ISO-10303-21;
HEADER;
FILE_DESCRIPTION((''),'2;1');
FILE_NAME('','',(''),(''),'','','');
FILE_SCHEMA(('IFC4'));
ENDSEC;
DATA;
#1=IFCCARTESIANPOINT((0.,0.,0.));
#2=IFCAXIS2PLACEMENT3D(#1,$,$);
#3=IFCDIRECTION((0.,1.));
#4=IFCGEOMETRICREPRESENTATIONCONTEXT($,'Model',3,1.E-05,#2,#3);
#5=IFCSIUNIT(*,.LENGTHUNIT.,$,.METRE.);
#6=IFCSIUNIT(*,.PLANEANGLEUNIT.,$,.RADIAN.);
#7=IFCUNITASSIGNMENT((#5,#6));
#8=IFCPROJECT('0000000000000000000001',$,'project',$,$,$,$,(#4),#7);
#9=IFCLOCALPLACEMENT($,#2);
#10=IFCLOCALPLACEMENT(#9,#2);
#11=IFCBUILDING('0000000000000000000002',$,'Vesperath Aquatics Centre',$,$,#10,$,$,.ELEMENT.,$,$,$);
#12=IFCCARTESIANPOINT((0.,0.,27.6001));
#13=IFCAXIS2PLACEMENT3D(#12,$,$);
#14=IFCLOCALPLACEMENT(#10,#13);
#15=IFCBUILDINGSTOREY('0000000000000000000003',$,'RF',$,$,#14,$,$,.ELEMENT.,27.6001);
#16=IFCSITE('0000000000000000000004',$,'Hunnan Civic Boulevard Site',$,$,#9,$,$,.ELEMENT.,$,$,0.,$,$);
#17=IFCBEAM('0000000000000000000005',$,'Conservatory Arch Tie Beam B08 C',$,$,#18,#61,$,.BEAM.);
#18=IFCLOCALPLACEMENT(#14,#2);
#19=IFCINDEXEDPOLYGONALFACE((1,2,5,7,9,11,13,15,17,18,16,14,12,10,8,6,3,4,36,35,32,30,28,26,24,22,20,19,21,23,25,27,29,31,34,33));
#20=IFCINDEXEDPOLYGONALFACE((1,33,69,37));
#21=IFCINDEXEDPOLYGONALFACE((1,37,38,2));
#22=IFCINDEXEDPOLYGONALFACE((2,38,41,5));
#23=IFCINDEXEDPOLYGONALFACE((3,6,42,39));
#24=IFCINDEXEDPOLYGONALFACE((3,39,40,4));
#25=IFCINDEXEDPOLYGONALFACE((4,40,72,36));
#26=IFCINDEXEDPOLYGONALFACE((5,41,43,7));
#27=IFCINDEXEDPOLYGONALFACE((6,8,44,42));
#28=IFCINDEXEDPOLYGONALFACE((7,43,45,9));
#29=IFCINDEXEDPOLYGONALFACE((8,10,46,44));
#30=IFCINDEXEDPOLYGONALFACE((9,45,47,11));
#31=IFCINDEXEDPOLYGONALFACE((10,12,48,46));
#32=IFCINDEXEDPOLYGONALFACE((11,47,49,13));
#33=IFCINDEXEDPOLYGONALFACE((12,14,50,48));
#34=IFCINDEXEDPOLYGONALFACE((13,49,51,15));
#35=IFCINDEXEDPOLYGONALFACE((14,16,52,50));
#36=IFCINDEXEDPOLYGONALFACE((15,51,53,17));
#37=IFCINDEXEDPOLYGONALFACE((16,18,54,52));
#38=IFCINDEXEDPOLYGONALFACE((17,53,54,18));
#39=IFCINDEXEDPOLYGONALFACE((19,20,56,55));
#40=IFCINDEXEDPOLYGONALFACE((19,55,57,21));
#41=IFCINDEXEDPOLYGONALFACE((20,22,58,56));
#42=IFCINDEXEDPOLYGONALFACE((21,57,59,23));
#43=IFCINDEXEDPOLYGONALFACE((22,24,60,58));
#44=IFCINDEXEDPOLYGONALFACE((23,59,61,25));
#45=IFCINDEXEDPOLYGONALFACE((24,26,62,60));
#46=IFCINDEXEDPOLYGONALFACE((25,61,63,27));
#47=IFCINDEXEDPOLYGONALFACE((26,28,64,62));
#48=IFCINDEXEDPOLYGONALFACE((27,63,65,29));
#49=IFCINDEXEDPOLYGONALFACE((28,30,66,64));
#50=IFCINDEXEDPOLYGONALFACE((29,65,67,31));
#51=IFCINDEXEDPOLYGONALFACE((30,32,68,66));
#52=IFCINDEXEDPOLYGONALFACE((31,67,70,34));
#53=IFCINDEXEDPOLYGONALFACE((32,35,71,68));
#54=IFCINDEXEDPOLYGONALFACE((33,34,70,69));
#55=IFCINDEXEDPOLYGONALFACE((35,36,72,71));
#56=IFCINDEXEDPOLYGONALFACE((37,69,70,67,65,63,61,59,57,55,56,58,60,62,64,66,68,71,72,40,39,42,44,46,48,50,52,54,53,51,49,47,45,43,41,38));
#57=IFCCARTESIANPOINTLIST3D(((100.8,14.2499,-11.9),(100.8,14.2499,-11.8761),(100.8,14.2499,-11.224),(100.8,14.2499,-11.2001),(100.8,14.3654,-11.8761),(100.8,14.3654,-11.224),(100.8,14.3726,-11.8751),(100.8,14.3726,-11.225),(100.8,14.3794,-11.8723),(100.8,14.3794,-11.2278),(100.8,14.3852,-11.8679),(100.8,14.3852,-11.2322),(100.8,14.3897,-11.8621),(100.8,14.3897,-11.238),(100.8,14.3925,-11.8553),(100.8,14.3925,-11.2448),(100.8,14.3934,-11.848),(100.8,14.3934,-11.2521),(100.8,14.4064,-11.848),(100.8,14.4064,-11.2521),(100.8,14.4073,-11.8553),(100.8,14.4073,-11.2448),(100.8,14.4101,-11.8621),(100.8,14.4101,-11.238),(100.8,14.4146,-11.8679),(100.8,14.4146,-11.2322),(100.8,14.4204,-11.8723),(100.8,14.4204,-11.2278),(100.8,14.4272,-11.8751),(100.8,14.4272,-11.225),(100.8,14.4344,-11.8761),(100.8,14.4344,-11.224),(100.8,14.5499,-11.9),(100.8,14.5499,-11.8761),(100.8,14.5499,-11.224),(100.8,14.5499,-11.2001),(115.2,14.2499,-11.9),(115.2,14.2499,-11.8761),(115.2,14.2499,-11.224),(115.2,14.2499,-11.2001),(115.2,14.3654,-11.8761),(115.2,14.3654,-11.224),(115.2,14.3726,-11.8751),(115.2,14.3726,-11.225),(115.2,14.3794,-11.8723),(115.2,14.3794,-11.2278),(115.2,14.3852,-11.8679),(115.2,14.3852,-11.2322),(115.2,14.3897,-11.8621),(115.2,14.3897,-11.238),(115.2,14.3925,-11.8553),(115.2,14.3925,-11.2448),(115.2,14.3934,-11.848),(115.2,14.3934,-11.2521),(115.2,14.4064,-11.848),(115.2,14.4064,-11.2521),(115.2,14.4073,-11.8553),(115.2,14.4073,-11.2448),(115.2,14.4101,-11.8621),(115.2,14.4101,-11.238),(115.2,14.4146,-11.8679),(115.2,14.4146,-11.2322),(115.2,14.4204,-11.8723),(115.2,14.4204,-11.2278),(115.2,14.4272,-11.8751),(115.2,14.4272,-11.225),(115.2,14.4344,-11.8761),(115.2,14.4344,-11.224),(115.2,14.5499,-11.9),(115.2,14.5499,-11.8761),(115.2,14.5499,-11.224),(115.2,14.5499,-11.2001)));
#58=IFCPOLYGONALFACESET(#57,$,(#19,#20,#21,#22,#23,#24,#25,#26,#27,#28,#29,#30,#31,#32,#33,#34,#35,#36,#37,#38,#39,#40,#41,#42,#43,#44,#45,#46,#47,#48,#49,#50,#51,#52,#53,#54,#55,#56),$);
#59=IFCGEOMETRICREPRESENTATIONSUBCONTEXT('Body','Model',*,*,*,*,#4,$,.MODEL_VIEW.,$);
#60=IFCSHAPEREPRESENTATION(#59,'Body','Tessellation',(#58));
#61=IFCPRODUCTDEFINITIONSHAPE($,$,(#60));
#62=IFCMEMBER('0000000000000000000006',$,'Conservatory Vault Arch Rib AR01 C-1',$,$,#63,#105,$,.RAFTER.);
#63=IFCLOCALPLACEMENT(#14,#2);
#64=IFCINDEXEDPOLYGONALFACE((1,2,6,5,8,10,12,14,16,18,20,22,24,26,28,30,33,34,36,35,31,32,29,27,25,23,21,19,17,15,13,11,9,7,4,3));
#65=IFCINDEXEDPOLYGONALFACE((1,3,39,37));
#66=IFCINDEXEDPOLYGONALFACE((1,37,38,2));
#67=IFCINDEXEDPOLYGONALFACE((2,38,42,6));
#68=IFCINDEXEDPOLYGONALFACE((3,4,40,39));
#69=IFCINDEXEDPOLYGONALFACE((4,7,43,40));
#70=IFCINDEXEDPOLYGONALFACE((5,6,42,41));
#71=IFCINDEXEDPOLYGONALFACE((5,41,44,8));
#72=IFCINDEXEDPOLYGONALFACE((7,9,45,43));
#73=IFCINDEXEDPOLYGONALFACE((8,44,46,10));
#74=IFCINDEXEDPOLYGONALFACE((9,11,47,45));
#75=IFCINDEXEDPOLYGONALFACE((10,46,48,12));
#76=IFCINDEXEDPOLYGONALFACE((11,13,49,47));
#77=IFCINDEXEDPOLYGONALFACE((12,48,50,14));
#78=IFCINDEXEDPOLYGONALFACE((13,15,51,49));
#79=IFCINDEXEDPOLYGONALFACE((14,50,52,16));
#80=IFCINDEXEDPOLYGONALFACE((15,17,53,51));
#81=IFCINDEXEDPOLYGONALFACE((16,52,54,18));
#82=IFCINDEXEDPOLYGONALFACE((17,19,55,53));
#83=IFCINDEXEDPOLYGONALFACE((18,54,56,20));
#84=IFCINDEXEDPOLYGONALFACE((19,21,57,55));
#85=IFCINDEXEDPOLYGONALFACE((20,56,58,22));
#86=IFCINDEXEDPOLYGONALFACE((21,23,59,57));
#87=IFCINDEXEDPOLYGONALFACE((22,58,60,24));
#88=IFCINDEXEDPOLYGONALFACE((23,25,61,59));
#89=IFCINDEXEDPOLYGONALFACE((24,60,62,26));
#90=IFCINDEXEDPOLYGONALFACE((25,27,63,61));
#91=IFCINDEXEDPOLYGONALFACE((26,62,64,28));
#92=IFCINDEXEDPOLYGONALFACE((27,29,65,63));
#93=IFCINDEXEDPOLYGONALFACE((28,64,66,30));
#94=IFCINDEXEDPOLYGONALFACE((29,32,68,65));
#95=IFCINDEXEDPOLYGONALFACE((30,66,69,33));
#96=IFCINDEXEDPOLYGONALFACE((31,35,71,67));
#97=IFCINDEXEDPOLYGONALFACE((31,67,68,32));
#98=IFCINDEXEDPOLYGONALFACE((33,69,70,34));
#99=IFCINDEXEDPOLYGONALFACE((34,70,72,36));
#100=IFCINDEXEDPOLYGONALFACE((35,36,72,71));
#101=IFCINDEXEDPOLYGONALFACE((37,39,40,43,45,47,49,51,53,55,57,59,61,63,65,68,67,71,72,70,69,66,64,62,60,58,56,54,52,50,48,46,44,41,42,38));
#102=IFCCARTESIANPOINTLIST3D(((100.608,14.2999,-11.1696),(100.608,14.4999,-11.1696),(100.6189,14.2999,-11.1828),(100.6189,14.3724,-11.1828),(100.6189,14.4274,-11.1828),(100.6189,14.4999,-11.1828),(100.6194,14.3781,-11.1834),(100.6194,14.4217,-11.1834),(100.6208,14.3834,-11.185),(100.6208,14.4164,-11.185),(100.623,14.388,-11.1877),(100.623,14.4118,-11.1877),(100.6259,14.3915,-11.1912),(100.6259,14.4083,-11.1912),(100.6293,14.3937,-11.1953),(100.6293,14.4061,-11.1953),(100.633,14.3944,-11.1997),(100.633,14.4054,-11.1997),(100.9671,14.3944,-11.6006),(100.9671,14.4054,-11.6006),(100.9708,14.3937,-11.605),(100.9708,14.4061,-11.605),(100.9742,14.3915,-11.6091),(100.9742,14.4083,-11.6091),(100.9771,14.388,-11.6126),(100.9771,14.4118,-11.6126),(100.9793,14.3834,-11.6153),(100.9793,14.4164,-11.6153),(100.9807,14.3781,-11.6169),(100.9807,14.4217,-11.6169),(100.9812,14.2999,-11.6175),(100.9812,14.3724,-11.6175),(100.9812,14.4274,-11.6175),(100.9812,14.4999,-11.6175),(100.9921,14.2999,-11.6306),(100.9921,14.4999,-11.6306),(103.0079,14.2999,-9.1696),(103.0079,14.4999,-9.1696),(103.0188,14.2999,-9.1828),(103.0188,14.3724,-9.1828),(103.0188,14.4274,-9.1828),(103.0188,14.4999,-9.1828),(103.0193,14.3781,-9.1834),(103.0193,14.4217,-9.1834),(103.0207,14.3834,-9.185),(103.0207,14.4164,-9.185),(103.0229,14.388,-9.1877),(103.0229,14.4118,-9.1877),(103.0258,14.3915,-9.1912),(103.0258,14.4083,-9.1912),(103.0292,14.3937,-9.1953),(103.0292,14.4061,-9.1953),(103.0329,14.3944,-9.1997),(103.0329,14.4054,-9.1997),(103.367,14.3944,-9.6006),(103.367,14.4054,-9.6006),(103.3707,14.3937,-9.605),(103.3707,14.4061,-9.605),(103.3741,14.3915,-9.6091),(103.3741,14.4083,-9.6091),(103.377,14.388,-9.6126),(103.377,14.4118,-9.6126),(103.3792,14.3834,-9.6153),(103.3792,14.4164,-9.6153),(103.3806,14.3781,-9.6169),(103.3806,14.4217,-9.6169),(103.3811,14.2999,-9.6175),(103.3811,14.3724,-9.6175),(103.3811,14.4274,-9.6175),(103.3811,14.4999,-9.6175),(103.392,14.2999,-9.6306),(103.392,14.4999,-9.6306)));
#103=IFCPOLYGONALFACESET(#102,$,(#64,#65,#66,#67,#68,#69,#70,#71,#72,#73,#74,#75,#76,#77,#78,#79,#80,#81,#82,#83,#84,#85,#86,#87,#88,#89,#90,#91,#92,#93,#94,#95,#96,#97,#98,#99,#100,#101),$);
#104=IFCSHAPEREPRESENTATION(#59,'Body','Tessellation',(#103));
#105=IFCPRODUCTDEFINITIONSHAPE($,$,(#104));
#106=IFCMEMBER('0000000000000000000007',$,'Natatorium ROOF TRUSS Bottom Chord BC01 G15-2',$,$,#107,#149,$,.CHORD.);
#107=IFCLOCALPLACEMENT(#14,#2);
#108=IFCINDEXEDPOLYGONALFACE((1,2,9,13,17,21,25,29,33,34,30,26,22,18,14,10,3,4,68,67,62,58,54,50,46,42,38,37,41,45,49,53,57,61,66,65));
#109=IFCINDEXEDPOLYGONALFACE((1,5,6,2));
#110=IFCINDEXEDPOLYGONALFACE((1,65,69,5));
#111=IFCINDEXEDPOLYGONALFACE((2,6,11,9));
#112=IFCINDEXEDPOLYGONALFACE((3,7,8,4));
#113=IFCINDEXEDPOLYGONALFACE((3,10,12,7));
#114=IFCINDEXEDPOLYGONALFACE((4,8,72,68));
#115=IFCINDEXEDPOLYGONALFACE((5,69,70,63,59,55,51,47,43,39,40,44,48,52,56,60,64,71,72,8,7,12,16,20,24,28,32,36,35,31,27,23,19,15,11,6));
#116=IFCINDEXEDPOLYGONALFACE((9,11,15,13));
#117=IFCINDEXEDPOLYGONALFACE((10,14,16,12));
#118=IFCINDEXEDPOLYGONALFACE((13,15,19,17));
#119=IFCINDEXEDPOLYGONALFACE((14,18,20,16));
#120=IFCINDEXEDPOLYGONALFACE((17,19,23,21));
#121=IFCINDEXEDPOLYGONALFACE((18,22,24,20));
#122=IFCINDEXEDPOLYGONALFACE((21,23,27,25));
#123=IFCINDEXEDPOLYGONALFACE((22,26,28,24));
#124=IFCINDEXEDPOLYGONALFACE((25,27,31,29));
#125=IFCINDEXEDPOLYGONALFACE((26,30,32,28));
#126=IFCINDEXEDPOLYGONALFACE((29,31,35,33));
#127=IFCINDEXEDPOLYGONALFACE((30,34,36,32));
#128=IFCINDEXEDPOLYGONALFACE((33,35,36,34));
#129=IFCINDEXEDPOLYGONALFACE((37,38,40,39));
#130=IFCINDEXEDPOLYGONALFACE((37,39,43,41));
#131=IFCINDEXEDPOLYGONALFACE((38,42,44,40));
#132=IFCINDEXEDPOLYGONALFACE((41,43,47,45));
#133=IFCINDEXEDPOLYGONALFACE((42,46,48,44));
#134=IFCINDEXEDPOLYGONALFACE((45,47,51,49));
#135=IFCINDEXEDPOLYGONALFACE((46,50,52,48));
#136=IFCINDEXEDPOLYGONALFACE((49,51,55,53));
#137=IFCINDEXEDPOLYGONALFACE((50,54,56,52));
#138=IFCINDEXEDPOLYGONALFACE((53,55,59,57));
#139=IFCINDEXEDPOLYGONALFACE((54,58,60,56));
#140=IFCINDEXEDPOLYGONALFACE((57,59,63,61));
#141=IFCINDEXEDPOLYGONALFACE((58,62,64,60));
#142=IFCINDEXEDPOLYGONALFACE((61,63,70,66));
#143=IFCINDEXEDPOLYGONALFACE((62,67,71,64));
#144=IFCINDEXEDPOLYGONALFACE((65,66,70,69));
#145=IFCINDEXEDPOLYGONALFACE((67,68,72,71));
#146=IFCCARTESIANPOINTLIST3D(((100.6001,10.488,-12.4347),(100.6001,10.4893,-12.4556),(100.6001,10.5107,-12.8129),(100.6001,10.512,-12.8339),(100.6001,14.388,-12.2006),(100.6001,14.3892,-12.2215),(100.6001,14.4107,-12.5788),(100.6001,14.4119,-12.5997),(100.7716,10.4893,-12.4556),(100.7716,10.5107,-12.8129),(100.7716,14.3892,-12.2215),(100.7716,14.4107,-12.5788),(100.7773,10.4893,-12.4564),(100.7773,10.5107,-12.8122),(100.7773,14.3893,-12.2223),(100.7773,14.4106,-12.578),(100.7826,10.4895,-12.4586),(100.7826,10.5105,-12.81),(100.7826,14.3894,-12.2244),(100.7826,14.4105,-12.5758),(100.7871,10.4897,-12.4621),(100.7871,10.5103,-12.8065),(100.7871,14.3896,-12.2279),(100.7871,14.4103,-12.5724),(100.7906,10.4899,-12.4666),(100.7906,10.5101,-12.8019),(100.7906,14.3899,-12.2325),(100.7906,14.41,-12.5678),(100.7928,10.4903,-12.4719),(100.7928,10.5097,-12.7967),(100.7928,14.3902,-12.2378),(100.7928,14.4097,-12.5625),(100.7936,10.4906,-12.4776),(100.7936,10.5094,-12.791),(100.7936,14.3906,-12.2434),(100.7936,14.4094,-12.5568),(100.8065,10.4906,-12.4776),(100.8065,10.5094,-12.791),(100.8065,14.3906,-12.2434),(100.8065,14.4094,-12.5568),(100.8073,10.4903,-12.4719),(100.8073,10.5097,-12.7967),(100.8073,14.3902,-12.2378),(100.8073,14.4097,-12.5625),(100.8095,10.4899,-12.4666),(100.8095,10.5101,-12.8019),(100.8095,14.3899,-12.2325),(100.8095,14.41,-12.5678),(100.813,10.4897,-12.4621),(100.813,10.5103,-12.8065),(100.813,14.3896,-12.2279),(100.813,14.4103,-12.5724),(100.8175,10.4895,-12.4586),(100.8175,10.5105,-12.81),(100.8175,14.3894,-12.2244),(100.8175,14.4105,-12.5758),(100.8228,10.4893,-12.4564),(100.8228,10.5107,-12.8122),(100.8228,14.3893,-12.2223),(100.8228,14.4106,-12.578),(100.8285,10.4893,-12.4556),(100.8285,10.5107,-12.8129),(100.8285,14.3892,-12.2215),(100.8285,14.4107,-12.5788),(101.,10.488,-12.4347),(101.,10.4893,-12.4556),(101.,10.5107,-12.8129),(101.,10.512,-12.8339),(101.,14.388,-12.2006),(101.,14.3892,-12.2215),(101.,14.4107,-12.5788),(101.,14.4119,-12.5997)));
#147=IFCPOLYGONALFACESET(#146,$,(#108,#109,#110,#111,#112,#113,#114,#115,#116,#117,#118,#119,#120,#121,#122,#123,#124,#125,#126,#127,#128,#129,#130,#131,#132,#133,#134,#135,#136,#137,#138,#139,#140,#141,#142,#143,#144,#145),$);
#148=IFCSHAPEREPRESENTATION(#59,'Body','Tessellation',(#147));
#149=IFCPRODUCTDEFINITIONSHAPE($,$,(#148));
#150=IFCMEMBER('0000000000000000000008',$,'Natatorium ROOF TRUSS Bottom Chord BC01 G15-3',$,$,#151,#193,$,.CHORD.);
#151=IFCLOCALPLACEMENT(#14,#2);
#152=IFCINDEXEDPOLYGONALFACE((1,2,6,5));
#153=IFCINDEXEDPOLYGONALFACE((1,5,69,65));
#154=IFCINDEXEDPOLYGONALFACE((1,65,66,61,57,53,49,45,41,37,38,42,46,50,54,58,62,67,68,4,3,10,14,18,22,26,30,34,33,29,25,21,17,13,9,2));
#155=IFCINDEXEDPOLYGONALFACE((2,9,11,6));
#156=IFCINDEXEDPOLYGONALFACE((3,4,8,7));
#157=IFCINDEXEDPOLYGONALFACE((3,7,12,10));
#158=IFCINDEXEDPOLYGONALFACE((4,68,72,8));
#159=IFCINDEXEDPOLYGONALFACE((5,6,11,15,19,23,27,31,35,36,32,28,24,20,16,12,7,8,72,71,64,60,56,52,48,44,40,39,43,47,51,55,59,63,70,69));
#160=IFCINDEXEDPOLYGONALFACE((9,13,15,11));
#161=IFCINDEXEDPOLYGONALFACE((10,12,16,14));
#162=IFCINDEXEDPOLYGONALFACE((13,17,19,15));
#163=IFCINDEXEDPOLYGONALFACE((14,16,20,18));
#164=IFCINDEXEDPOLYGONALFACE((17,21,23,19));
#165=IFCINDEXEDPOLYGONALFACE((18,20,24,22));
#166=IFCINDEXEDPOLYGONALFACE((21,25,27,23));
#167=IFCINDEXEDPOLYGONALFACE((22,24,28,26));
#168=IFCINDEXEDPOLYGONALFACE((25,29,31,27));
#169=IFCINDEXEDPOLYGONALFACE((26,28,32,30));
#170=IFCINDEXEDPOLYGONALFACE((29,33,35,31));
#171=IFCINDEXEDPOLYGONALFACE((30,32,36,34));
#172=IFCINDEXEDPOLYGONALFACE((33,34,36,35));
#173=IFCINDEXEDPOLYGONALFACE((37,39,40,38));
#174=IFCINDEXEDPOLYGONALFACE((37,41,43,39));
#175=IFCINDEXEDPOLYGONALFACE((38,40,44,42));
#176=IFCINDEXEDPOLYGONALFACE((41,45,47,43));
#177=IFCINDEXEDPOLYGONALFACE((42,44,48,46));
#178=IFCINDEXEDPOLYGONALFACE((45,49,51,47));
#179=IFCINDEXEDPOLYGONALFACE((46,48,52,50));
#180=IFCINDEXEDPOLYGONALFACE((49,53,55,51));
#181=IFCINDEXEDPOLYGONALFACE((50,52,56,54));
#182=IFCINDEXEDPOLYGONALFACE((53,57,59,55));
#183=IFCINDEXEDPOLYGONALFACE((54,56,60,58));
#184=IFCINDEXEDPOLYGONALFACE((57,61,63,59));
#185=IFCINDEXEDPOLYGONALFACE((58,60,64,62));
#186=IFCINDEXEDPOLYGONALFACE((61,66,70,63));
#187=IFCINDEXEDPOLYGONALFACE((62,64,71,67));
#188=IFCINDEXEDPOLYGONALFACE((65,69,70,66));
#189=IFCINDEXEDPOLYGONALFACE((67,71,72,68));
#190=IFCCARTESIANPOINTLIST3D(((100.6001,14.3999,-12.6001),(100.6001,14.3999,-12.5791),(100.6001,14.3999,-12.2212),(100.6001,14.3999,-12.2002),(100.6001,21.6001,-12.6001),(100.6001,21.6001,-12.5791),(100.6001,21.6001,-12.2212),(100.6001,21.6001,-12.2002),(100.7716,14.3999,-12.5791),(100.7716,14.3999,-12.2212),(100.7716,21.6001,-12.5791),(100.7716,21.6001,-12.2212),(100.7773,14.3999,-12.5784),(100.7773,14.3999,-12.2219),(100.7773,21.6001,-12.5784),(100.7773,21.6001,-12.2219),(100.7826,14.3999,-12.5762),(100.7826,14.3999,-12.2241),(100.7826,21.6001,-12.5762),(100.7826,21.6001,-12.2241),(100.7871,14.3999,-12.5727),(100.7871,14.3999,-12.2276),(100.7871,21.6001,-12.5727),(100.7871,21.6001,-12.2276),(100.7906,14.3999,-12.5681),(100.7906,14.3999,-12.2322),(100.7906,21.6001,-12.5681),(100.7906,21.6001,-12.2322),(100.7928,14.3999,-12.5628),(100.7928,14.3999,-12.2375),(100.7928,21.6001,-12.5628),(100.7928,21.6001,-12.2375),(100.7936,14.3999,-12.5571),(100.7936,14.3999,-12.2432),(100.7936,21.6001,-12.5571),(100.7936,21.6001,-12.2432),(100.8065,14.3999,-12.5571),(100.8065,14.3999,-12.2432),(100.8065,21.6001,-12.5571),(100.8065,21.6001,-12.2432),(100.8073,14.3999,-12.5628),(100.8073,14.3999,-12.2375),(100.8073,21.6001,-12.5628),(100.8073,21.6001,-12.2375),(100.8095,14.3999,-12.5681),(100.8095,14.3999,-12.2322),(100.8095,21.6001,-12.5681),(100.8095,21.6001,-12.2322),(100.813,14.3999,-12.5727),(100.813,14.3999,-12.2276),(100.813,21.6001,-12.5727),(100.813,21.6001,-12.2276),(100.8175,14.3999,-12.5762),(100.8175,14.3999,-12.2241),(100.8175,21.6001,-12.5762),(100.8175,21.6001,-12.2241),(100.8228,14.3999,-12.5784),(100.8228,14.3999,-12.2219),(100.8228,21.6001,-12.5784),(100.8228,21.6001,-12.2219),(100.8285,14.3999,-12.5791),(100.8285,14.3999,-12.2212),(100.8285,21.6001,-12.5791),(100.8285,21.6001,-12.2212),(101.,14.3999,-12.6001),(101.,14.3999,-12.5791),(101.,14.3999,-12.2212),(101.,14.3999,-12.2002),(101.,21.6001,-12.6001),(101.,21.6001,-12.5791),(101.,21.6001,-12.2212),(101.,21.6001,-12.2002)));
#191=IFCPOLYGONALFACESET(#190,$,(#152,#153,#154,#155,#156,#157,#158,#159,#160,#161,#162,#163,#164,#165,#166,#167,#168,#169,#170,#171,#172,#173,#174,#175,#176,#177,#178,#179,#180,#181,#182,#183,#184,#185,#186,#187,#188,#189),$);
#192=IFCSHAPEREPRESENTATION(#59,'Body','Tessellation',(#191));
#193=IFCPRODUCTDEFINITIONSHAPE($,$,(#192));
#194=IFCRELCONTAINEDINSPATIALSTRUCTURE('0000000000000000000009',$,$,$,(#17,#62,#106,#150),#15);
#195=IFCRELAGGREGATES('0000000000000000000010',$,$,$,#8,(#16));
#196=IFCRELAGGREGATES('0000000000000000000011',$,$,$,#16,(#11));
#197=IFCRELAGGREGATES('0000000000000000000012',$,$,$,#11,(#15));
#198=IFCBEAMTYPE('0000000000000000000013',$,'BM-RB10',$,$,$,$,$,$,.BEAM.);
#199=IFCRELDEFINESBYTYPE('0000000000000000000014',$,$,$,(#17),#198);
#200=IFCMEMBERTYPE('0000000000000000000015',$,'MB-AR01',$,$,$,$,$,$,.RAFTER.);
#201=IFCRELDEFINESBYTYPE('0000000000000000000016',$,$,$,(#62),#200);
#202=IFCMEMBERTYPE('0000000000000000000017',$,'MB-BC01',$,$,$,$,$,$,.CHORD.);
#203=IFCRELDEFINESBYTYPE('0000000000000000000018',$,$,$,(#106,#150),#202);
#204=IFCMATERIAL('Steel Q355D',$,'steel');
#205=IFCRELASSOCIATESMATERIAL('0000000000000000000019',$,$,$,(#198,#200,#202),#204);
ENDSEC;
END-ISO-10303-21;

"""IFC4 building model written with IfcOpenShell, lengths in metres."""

from ifc_helpers import new_model, si_unit, direction, frame, origin, origin_2d, place, context, subcontext, project, spatial, i_section, extrude, material, material_profile, profile_set, type_object, element, save


model = new_model("IFC4")

# Units and contexts
model_context = context("Model", 3, precision=1e-05, world=origin(), true_north=direction((0.0, 1.0)))
body_context = subcontext(model_context, "Body", "Model", "MODEL_VIEW")
ifc_project = project(units=[si_unit("LENGTHUNIT", "METRE"), si_unit("PLANEANGLEUNIT", "RADIAN")], contexts=[model_context])

# Site, building, storey
site_placement = place(None, origin())
site = spatial("IfcSite", under=ifc_project, at=site_placement, Name="Hunnan Civic Boulevard Site", CompositionType="ELEMENT", RefElevation=0.0)
building_placement = place(site_placement, origin())
building = spatial("IfcBuilding", under=site, at=building_placement, Name="Vesperath Aquatics Centre", CompositionType="ELEMENT")
storey_placement = place(building_placement, frame((0.0, 0.0, 27.6001)))
storey = spatial("IfcBuildingStorey", under=building, at=storey_placement, Name="RF", CompositionType="ELEMENT", Elevation=27.6001)

# Beam
ifc_material_1 = material(Name="Steel Q355D", Category="steel")
ifc_material_profile_1 = material_profile(ifc_material_1, i_section(OverallWidth=0.3, OverallDepth=0.7, WebThickness=0.0129, FlangeThickness=0.0239, FilletRadius=0.0281, at=origin_2d()), Name="HN 700x300x13x24")
ifc_profile_set_1 = profile_set([ifc_material_profile_1], Name="Steel Q355D")
beam_type = type_object("IfcBeamType", Name="BM-RB10", PredefinedType="BEAM", material=ifc_profile_set_1)
beam_placement = place(storey_placement, frame((100.8, 14.3999, -11.55), z_axis=(1.0, 0.0, 0.0), x_axis=(0.0, 1.0, 0.0)))
element("IfcBeam", 1, at=beam_placement, inside=storey, type_object=beam_type, Name="Conservatory Arch Tie Beam B08 C", PredefinedType="BEAM", context=body_context, shape_type="SweptSolid", body=[
    extrude(i_section(OverallWidth=0.3, OverallDepth=0.7, WebThickness=0.0129, FlangeThickness=0.0239, FilletRadius=0.0281, at=origin_2d()), origin(), (0.0, 0.0, 1.0), 14.3999),
])

# Members
ifc_material_profile_2 = material_profile(ifc_material_1, i_section(OverallWidth=0.2, OverallDepth=0.6001, WebThickness=0.011, FlangeThickness=0.0171, FilletRadius=0.022, at=origin_2d()), Name="HN 600x200x11x17")
ifc_profile_set_2 = profile_set([ifc_material_profile_2], Name="Steel Q355D")
member_type_1 = type_object("IfcMemberType", Name="MB-AR01", PredefinedType="RAFTER", material=ifc_profile_set_2)
member_1_placement = place(storey_placement, frame((100.8, 14.3999, -11.4001), z_axis=(0.768208, 0.0, 0.6402), x_axis=(0.0, 1.0, 0.0)))
element("IfcMember", 2, at=member_1_placement, inside=storey, type_object=member_type_1, Name="Conservatory Vault Arch Rib AR01 C-1", PredefinedType="RAFTER", context=body_context, shape_type="SweptSolid", body=[
    extrude(i_section(OverallWidth=0.2, OverallDepth=0.6001, WebThickness=0.011, FlangeThickness=0.0171, FilletRadius=0.022, at=origin_2d()), origin(), (0.0, 0.0, 1.0), 3.124),
])
ifc_material_profile_3 = material_profile(ifc_material_1, i_section(OverallWidth=0.3999, OverallDepth=0.3999, WebThickness=0.0129, FlangeThickness=0.021, FilletRadius=0.022, at=origin_2d()), Name="HW 400x400x13x21")
ifc_profile_set_3 = profile_set([ifc_material_profile_3], Name="Steel Q355D")
member_type_2 = type_object("IfcMemberType", Name="MB-BC01", PredefinedType="CHORD", material=ifc_profile_set_3)
member_2_placement = place(storey_placement, frame((100.8, 10.5, -12.6343), z_axis=(0.0, 0.998203, 0.059927), x_axis=(-1.0, 0.0, 0.0)))
element("IfcMember", 3, at=member_2_placement, inside=storey, type_object=member_type_2, Name="Natatorium ROOF TRUSS Bottom Chord BC01 G15-2", PredefinedType="CHORD", context=body_context, shape_type="SweptSolid", body=[
    extrude(i_section(OverallWidth=0.3999, OverallDepth=0.3999, WebThickness=0.0129, FlangeThickness=0.021, FilletRadius=0.022, at=origin_2d()), origin(), (0.0, 0.0, 1.0), 3.907),
])
member_3_placement = place(storey_placement, frame((100.8, 14.3999, -12.4001), z_axis=(0.0, 1.0, 0.0), x_axis=(-1.0, 0.0, 0.0)))
element("IfcMember", 4, at=member_3_placement, inside=storey, type_object=member_type_2, Name="Natatorium ROOF TRUSS Bottom Chord BC01 G15-3", PredefinedType="CHORD", context=body_context, shape_type="SweptSolid", body=[
    extrude(i_section(OverallWidth=0.3999, OverallDepth=0.3999, WebThickness=0.0129, FlangeThickness=0.021, FilletRadius=0.022, at=origin_2d()), origin(), (0.0, 0.0, 1.0), 7.2002),
])

save(model, "model.ifc")
